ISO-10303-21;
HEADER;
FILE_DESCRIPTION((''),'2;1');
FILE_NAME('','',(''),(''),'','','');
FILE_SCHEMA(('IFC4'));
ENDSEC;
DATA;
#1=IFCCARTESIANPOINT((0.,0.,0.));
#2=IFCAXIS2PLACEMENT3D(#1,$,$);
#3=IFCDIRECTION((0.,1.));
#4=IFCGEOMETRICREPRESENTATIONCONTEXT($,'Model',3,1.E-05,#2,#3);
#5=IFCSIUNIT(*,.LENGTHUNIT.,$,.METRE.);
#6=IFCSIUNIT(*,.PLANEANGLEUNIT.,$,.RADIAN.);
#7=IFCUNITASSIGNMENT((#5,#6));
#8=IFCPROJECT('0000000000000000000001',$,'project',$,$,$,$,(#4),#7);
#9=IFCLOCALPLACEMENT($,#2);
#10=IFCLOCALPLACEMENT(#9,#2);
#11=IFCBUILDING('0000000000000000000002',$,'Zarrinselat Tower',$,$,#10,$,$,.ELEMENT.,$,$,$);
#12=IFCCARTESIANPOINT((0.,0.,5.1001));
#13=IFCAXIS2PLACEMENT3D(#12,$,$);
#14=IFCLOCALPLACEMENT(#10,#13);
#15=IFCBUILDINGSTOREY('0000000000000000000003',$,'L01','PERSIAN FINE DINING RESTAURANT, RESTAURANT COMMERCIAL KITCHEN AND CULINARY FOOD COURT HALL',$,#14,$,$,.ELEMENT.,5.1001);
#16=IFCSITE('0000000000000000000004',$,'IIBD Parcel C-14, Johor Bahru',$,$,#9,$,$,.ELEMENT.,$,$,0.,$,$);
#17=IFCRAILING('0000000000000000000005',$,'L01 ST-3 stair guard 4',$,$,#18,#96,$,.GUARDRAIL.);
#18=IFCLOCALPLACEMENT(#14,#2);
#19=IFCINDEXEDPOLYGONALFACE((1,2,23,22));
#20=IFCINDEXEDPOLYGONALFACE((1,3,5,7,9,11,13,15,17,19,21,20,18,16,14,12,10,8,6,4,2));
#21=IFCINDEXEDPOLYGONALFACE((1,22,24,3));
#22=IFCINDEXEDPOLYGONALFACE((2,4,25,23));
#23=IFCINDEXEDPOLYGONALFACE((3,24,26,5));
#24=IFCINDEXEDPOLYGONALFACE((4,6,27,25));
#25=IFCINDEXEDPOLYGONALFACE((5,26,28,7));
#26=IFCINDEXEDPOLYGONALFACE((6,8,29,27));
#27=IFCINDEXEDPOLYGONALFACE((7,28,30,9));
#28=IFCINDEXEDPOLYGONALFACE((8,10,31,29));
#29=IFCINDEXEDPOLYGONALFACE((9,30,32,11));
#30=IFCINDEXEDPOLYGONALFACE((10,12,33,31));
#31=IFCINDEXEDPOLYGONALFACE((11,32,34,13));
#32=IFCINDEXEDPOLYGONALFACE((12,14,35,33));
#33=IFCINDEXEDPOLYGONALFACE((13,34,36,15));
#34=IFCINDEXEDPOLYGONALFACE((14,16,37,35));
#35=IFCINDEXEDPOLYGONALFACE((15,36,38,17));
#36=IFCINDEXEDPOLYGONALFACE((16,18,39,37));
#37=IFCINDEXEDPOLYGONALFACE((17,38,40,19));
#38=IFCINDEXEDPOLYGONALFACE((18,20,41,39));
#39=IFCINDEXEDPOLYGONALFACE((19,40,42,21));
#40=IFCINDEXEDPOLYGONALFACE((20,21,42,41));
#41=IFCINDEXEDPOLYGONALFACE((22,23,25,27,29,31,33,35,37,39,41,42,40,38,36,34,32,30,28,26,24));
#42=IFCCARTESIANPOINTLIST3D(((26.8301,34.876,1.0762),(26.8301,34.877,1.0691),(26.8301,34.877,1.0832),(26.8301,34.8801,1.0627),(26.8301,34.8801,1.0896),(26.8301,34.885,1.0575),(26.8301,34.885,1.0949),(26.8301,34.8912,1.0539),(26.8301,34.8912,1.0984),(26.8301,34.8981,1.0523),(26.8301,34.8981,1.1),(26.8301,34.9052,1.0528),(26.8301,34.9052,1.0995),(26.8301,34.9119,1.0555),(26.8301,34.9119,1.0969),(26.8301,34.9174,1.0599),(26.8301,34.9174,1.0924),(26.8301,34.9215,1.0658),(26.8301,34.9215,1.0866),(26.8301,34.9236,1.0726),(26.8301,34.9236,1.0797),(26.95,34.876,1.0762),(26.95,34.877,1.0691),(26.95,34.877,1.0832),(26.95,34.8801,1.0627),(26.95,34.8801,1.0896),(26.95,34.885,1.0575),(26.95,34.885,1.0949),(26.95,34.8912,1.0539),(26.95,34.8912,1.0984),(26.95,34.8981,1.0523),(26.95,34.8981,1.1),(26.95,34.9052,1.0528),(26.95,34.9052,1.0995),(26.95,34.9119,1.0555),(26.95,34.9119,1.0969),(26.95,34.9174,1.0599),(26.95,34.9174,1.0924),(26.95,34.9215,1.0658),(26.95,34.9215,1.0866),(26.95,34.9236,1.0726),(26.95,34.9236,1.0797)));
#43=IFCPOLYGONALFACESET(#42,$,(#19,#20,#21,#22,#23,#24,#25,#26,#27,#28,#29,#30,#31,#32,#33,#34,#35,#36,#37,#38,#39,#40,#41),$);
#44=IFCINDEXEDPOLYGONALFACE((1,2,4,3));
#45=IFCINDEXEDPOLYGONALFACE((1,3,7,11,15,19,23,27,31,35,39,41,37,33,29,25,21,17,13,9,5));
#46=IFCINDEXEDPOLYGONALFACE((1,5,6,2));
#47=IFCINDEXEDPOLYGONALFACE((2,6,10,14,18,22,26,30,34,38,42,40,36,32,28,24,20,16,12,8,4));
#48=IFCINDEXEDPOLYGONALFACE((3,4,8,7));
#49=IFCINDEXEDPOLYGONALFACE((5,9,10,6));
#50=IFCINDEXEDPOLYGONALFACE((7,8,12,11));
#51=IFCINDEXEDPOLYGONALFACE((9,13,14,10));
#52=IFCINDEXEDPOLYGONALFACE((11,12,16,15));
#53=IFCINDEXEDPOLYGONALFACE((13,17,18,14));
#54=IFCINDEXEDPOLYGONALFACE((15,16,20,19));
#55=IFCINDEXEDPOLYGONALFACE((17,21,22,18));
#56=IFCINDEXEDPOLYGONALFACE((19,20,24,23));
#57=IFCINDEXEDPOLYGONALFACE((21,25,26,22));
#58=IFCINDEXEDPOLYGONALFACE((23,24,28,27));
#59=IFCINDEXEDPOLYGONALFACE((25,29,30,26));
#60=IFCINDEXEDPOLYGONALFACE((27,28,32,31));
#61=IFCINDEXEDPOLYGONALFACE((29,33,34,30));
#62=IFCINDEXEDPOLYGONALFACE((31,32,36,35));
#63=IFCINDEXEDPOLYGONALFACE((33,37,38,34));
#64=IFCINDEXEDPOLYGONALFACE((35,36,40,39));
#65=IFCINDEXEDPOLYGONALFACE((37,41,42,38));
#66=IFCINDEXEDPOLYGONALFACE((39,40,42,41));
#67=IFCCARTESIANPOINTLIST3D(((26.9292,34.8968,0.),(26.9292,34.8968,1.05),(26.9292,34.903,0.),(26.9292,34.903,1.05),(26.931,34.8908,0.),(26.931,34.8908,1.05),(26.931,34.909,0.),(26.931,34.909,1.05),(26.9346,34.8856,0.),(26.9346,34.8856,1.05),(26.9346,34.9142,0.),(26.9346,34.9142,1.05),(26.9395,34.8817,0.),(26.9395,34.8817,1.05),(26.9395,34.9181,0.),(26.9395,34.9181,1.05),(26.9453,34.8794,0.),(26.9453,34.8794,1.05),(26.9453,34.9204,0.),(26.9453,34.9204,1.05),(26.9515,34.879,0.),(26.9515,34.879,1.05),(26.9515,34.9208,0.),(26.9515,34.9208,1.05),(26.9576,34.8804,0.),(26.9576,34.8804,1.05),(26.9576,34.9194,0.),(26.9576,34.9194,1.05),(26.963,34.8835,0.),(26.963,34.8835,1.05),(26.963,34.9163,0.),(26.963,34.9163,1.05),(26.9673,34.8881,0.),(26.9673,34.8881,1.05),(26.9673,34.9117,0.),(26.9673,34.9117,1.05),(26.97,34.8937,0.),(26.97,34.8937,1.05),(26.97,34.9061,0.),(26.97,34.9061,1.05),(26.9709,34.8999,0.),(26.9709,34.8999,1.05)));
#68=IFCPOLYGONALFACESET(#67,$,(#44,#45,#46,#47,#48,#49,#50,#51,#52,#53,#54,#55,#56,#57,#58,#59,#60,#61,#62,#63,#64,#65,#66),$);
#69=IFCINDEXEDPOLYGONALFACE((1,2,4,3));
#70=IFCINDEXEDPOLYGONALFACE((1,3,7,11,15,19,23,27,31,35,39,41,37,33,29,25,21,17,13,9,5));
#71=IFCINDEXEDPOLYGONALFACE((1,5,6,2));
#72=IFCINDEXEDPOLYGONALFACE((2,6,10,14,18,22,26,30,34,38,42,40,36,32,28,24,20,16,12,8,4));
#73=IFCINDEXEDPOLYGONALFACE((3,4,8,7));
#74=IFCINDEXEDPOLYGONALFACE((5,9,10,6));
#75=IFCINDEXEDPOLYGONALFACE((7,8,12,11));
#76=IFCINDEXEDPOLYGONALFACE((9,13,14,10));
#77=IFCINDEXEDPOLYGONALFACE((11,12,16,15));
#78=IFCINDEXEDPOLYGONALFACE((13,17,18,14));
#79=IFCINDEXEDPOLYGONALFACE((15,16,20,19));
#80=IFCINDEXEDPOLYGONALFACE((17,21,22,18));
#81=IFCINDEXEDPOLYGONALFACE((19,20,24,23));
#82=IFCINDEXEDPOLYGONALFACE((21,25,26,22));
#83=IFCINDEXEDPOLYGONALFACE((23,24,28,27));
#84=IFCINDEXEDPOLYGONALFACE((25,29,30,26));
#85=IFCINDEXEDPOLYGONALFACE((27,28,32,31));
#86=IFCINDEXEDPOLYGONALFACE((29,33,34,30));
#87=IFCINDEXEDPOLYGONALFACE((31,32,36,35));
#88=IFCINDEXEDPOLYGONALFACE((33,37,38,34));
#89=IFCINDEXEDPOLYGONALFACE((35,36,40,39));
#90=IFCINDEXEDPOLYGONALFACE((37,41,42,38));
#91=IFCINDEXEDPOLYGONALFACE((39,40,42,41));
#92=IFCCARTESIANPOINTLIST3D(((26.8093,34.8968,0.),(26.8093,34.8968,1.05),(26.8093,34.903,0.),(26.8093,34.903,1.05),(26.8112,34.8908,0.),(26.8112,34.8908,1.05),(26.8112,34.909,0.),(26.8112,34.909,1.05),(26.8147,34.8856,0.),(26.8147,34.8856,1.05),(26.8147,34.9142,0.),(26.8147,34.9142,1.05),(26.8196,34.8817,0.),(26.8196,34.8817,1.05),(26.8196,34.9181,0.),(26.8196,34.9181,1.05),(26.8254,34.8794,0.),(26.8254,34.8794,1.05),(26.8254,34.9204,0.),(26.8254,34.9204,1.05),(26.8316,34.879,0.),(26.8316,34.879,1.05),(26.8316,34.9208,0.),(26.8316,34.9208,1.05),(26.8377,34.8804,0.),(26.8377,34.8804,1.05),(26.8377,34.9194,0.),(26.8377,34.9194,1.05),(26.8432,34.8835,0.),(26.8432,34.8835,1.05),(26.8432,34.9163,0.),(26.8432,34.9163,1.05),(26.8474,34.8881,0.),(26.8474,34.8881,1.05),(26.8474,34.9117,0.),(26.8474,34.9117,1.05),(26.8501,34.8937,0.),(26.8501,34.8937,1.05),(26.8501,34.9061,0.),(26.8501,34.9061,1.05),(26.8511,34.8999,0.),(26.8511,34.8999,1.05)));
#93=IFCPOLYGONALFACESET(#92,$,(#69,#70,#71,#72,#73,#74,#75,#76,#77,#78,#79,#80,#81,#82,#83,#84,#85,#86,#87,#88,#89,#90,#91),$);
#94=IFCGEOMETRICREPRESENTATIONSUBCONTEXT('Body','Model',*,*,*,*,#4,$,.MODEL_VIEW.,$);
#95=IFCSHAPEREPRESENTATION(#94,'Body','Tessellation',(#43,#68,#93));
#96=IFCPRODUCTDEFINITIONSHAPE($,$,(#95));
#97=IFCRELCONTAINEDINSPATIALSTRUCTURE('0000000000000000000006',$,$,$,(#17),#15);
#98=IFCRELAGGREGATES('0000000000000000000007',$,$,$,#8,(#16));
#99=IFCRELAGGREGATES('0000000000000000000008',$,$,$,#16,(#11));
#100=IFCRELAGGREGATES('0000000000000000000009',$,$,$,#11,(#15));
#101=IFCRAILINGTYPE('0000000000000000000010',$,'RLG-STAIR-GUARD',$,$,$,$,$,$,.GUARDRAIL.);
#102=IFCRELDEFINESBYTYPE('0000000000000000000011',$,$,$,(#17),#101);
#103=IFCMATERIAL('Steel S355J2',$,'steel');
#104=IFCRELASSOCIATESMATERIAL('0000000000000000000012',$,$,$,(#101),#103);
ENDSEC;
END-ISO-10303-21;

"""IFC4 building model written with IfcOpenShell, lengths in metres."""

from ifc_helpers import new_model, si_unit, direction, frame, origin, origin_2d, place, context, subcontext, project, spatial, circle, extrude, material, type_object, element, save


model = new_model("IFC4")

# Units and contexts
model_context = context("Model", 3, precision=1e-05, world=origin(), true_north=direction((0.0, 1.0)))
body_context = subcontext(model_context, "Body", "Model", "MODEL_VIEW")
ifc_project = project(units=[si_unit("LENGTHUNIT", "METRE"), si_unit("PLANEANGLEUNIT", "RADIAN")], contexts=[model_context])

# Site, building, storey
site_placement = place(None, origin())
site = spatial("IfcSite", under=ifc_project, at=site_placement, Name="IIBD Parcel C-14, Johor Bahru", CompositionType="ELEMENT", RefElevation=0.0)
building_placement = place(site_placement, origin())
building = spatial("IfcBuilding", under=site, at=building_placement, Name="Zarrinselat Tower", CompositionType="ELEMENT")
storey_placement = place(building_placement, frame((0.0, 0.0, 5.1001)))
storey = spatial("IfcBuildingStorey", under=building, at=storey_placement, Name="L01", Description="PERSIAN FINE DINING RESTAURANT, RESTAURANT COMMERCIAL KITCHEN AND CULINARY FOOD COURT HALL", CompositionType="ELEMENT", Elevation=5.1001)

# Railing
ifc_material_1 = material(Name="Steel S355J2", Category="steel")
railing_type_1 = type_object("IfcRailingType", Name="RLG-STAIR-GUARD", PredefinedType="GUARDRAIL", material=ifc_material_1)
railing_1_placement = place(storey_placement, frame((26.95, 34.8999, 0.0)))
element("IfcRailing", 1, at=railing_1_placement, inside=storey, type_object=railing_type_1, Name="L01 ST-3 stair guard 4", PredefinedType="GUARDRAIL", context=body_context, shape_type="SweptSolid", body=[
    extrude(circle(Radius=0.0239, at=origin_2d()), frame((0.0, 0.0, 1.0762), z_axis=(-1.0, 0.0, 0.0), x_axis=(0.0, -1.0, 0.0)), (0.0, 0.0, 1.0), 0.1199),
    extrude(circle(Radius=0.021, at=origin_2d()), origin(), (0.0, 0.0, 1.0), 1.05),
    extrude(circle(Radius=0.021, at=origin_2d()), frame((-0.1199, 0.0, 0.0)), (0.0, 0.0, 1.0), 1.05),
])

save(model, "model.ifc")
